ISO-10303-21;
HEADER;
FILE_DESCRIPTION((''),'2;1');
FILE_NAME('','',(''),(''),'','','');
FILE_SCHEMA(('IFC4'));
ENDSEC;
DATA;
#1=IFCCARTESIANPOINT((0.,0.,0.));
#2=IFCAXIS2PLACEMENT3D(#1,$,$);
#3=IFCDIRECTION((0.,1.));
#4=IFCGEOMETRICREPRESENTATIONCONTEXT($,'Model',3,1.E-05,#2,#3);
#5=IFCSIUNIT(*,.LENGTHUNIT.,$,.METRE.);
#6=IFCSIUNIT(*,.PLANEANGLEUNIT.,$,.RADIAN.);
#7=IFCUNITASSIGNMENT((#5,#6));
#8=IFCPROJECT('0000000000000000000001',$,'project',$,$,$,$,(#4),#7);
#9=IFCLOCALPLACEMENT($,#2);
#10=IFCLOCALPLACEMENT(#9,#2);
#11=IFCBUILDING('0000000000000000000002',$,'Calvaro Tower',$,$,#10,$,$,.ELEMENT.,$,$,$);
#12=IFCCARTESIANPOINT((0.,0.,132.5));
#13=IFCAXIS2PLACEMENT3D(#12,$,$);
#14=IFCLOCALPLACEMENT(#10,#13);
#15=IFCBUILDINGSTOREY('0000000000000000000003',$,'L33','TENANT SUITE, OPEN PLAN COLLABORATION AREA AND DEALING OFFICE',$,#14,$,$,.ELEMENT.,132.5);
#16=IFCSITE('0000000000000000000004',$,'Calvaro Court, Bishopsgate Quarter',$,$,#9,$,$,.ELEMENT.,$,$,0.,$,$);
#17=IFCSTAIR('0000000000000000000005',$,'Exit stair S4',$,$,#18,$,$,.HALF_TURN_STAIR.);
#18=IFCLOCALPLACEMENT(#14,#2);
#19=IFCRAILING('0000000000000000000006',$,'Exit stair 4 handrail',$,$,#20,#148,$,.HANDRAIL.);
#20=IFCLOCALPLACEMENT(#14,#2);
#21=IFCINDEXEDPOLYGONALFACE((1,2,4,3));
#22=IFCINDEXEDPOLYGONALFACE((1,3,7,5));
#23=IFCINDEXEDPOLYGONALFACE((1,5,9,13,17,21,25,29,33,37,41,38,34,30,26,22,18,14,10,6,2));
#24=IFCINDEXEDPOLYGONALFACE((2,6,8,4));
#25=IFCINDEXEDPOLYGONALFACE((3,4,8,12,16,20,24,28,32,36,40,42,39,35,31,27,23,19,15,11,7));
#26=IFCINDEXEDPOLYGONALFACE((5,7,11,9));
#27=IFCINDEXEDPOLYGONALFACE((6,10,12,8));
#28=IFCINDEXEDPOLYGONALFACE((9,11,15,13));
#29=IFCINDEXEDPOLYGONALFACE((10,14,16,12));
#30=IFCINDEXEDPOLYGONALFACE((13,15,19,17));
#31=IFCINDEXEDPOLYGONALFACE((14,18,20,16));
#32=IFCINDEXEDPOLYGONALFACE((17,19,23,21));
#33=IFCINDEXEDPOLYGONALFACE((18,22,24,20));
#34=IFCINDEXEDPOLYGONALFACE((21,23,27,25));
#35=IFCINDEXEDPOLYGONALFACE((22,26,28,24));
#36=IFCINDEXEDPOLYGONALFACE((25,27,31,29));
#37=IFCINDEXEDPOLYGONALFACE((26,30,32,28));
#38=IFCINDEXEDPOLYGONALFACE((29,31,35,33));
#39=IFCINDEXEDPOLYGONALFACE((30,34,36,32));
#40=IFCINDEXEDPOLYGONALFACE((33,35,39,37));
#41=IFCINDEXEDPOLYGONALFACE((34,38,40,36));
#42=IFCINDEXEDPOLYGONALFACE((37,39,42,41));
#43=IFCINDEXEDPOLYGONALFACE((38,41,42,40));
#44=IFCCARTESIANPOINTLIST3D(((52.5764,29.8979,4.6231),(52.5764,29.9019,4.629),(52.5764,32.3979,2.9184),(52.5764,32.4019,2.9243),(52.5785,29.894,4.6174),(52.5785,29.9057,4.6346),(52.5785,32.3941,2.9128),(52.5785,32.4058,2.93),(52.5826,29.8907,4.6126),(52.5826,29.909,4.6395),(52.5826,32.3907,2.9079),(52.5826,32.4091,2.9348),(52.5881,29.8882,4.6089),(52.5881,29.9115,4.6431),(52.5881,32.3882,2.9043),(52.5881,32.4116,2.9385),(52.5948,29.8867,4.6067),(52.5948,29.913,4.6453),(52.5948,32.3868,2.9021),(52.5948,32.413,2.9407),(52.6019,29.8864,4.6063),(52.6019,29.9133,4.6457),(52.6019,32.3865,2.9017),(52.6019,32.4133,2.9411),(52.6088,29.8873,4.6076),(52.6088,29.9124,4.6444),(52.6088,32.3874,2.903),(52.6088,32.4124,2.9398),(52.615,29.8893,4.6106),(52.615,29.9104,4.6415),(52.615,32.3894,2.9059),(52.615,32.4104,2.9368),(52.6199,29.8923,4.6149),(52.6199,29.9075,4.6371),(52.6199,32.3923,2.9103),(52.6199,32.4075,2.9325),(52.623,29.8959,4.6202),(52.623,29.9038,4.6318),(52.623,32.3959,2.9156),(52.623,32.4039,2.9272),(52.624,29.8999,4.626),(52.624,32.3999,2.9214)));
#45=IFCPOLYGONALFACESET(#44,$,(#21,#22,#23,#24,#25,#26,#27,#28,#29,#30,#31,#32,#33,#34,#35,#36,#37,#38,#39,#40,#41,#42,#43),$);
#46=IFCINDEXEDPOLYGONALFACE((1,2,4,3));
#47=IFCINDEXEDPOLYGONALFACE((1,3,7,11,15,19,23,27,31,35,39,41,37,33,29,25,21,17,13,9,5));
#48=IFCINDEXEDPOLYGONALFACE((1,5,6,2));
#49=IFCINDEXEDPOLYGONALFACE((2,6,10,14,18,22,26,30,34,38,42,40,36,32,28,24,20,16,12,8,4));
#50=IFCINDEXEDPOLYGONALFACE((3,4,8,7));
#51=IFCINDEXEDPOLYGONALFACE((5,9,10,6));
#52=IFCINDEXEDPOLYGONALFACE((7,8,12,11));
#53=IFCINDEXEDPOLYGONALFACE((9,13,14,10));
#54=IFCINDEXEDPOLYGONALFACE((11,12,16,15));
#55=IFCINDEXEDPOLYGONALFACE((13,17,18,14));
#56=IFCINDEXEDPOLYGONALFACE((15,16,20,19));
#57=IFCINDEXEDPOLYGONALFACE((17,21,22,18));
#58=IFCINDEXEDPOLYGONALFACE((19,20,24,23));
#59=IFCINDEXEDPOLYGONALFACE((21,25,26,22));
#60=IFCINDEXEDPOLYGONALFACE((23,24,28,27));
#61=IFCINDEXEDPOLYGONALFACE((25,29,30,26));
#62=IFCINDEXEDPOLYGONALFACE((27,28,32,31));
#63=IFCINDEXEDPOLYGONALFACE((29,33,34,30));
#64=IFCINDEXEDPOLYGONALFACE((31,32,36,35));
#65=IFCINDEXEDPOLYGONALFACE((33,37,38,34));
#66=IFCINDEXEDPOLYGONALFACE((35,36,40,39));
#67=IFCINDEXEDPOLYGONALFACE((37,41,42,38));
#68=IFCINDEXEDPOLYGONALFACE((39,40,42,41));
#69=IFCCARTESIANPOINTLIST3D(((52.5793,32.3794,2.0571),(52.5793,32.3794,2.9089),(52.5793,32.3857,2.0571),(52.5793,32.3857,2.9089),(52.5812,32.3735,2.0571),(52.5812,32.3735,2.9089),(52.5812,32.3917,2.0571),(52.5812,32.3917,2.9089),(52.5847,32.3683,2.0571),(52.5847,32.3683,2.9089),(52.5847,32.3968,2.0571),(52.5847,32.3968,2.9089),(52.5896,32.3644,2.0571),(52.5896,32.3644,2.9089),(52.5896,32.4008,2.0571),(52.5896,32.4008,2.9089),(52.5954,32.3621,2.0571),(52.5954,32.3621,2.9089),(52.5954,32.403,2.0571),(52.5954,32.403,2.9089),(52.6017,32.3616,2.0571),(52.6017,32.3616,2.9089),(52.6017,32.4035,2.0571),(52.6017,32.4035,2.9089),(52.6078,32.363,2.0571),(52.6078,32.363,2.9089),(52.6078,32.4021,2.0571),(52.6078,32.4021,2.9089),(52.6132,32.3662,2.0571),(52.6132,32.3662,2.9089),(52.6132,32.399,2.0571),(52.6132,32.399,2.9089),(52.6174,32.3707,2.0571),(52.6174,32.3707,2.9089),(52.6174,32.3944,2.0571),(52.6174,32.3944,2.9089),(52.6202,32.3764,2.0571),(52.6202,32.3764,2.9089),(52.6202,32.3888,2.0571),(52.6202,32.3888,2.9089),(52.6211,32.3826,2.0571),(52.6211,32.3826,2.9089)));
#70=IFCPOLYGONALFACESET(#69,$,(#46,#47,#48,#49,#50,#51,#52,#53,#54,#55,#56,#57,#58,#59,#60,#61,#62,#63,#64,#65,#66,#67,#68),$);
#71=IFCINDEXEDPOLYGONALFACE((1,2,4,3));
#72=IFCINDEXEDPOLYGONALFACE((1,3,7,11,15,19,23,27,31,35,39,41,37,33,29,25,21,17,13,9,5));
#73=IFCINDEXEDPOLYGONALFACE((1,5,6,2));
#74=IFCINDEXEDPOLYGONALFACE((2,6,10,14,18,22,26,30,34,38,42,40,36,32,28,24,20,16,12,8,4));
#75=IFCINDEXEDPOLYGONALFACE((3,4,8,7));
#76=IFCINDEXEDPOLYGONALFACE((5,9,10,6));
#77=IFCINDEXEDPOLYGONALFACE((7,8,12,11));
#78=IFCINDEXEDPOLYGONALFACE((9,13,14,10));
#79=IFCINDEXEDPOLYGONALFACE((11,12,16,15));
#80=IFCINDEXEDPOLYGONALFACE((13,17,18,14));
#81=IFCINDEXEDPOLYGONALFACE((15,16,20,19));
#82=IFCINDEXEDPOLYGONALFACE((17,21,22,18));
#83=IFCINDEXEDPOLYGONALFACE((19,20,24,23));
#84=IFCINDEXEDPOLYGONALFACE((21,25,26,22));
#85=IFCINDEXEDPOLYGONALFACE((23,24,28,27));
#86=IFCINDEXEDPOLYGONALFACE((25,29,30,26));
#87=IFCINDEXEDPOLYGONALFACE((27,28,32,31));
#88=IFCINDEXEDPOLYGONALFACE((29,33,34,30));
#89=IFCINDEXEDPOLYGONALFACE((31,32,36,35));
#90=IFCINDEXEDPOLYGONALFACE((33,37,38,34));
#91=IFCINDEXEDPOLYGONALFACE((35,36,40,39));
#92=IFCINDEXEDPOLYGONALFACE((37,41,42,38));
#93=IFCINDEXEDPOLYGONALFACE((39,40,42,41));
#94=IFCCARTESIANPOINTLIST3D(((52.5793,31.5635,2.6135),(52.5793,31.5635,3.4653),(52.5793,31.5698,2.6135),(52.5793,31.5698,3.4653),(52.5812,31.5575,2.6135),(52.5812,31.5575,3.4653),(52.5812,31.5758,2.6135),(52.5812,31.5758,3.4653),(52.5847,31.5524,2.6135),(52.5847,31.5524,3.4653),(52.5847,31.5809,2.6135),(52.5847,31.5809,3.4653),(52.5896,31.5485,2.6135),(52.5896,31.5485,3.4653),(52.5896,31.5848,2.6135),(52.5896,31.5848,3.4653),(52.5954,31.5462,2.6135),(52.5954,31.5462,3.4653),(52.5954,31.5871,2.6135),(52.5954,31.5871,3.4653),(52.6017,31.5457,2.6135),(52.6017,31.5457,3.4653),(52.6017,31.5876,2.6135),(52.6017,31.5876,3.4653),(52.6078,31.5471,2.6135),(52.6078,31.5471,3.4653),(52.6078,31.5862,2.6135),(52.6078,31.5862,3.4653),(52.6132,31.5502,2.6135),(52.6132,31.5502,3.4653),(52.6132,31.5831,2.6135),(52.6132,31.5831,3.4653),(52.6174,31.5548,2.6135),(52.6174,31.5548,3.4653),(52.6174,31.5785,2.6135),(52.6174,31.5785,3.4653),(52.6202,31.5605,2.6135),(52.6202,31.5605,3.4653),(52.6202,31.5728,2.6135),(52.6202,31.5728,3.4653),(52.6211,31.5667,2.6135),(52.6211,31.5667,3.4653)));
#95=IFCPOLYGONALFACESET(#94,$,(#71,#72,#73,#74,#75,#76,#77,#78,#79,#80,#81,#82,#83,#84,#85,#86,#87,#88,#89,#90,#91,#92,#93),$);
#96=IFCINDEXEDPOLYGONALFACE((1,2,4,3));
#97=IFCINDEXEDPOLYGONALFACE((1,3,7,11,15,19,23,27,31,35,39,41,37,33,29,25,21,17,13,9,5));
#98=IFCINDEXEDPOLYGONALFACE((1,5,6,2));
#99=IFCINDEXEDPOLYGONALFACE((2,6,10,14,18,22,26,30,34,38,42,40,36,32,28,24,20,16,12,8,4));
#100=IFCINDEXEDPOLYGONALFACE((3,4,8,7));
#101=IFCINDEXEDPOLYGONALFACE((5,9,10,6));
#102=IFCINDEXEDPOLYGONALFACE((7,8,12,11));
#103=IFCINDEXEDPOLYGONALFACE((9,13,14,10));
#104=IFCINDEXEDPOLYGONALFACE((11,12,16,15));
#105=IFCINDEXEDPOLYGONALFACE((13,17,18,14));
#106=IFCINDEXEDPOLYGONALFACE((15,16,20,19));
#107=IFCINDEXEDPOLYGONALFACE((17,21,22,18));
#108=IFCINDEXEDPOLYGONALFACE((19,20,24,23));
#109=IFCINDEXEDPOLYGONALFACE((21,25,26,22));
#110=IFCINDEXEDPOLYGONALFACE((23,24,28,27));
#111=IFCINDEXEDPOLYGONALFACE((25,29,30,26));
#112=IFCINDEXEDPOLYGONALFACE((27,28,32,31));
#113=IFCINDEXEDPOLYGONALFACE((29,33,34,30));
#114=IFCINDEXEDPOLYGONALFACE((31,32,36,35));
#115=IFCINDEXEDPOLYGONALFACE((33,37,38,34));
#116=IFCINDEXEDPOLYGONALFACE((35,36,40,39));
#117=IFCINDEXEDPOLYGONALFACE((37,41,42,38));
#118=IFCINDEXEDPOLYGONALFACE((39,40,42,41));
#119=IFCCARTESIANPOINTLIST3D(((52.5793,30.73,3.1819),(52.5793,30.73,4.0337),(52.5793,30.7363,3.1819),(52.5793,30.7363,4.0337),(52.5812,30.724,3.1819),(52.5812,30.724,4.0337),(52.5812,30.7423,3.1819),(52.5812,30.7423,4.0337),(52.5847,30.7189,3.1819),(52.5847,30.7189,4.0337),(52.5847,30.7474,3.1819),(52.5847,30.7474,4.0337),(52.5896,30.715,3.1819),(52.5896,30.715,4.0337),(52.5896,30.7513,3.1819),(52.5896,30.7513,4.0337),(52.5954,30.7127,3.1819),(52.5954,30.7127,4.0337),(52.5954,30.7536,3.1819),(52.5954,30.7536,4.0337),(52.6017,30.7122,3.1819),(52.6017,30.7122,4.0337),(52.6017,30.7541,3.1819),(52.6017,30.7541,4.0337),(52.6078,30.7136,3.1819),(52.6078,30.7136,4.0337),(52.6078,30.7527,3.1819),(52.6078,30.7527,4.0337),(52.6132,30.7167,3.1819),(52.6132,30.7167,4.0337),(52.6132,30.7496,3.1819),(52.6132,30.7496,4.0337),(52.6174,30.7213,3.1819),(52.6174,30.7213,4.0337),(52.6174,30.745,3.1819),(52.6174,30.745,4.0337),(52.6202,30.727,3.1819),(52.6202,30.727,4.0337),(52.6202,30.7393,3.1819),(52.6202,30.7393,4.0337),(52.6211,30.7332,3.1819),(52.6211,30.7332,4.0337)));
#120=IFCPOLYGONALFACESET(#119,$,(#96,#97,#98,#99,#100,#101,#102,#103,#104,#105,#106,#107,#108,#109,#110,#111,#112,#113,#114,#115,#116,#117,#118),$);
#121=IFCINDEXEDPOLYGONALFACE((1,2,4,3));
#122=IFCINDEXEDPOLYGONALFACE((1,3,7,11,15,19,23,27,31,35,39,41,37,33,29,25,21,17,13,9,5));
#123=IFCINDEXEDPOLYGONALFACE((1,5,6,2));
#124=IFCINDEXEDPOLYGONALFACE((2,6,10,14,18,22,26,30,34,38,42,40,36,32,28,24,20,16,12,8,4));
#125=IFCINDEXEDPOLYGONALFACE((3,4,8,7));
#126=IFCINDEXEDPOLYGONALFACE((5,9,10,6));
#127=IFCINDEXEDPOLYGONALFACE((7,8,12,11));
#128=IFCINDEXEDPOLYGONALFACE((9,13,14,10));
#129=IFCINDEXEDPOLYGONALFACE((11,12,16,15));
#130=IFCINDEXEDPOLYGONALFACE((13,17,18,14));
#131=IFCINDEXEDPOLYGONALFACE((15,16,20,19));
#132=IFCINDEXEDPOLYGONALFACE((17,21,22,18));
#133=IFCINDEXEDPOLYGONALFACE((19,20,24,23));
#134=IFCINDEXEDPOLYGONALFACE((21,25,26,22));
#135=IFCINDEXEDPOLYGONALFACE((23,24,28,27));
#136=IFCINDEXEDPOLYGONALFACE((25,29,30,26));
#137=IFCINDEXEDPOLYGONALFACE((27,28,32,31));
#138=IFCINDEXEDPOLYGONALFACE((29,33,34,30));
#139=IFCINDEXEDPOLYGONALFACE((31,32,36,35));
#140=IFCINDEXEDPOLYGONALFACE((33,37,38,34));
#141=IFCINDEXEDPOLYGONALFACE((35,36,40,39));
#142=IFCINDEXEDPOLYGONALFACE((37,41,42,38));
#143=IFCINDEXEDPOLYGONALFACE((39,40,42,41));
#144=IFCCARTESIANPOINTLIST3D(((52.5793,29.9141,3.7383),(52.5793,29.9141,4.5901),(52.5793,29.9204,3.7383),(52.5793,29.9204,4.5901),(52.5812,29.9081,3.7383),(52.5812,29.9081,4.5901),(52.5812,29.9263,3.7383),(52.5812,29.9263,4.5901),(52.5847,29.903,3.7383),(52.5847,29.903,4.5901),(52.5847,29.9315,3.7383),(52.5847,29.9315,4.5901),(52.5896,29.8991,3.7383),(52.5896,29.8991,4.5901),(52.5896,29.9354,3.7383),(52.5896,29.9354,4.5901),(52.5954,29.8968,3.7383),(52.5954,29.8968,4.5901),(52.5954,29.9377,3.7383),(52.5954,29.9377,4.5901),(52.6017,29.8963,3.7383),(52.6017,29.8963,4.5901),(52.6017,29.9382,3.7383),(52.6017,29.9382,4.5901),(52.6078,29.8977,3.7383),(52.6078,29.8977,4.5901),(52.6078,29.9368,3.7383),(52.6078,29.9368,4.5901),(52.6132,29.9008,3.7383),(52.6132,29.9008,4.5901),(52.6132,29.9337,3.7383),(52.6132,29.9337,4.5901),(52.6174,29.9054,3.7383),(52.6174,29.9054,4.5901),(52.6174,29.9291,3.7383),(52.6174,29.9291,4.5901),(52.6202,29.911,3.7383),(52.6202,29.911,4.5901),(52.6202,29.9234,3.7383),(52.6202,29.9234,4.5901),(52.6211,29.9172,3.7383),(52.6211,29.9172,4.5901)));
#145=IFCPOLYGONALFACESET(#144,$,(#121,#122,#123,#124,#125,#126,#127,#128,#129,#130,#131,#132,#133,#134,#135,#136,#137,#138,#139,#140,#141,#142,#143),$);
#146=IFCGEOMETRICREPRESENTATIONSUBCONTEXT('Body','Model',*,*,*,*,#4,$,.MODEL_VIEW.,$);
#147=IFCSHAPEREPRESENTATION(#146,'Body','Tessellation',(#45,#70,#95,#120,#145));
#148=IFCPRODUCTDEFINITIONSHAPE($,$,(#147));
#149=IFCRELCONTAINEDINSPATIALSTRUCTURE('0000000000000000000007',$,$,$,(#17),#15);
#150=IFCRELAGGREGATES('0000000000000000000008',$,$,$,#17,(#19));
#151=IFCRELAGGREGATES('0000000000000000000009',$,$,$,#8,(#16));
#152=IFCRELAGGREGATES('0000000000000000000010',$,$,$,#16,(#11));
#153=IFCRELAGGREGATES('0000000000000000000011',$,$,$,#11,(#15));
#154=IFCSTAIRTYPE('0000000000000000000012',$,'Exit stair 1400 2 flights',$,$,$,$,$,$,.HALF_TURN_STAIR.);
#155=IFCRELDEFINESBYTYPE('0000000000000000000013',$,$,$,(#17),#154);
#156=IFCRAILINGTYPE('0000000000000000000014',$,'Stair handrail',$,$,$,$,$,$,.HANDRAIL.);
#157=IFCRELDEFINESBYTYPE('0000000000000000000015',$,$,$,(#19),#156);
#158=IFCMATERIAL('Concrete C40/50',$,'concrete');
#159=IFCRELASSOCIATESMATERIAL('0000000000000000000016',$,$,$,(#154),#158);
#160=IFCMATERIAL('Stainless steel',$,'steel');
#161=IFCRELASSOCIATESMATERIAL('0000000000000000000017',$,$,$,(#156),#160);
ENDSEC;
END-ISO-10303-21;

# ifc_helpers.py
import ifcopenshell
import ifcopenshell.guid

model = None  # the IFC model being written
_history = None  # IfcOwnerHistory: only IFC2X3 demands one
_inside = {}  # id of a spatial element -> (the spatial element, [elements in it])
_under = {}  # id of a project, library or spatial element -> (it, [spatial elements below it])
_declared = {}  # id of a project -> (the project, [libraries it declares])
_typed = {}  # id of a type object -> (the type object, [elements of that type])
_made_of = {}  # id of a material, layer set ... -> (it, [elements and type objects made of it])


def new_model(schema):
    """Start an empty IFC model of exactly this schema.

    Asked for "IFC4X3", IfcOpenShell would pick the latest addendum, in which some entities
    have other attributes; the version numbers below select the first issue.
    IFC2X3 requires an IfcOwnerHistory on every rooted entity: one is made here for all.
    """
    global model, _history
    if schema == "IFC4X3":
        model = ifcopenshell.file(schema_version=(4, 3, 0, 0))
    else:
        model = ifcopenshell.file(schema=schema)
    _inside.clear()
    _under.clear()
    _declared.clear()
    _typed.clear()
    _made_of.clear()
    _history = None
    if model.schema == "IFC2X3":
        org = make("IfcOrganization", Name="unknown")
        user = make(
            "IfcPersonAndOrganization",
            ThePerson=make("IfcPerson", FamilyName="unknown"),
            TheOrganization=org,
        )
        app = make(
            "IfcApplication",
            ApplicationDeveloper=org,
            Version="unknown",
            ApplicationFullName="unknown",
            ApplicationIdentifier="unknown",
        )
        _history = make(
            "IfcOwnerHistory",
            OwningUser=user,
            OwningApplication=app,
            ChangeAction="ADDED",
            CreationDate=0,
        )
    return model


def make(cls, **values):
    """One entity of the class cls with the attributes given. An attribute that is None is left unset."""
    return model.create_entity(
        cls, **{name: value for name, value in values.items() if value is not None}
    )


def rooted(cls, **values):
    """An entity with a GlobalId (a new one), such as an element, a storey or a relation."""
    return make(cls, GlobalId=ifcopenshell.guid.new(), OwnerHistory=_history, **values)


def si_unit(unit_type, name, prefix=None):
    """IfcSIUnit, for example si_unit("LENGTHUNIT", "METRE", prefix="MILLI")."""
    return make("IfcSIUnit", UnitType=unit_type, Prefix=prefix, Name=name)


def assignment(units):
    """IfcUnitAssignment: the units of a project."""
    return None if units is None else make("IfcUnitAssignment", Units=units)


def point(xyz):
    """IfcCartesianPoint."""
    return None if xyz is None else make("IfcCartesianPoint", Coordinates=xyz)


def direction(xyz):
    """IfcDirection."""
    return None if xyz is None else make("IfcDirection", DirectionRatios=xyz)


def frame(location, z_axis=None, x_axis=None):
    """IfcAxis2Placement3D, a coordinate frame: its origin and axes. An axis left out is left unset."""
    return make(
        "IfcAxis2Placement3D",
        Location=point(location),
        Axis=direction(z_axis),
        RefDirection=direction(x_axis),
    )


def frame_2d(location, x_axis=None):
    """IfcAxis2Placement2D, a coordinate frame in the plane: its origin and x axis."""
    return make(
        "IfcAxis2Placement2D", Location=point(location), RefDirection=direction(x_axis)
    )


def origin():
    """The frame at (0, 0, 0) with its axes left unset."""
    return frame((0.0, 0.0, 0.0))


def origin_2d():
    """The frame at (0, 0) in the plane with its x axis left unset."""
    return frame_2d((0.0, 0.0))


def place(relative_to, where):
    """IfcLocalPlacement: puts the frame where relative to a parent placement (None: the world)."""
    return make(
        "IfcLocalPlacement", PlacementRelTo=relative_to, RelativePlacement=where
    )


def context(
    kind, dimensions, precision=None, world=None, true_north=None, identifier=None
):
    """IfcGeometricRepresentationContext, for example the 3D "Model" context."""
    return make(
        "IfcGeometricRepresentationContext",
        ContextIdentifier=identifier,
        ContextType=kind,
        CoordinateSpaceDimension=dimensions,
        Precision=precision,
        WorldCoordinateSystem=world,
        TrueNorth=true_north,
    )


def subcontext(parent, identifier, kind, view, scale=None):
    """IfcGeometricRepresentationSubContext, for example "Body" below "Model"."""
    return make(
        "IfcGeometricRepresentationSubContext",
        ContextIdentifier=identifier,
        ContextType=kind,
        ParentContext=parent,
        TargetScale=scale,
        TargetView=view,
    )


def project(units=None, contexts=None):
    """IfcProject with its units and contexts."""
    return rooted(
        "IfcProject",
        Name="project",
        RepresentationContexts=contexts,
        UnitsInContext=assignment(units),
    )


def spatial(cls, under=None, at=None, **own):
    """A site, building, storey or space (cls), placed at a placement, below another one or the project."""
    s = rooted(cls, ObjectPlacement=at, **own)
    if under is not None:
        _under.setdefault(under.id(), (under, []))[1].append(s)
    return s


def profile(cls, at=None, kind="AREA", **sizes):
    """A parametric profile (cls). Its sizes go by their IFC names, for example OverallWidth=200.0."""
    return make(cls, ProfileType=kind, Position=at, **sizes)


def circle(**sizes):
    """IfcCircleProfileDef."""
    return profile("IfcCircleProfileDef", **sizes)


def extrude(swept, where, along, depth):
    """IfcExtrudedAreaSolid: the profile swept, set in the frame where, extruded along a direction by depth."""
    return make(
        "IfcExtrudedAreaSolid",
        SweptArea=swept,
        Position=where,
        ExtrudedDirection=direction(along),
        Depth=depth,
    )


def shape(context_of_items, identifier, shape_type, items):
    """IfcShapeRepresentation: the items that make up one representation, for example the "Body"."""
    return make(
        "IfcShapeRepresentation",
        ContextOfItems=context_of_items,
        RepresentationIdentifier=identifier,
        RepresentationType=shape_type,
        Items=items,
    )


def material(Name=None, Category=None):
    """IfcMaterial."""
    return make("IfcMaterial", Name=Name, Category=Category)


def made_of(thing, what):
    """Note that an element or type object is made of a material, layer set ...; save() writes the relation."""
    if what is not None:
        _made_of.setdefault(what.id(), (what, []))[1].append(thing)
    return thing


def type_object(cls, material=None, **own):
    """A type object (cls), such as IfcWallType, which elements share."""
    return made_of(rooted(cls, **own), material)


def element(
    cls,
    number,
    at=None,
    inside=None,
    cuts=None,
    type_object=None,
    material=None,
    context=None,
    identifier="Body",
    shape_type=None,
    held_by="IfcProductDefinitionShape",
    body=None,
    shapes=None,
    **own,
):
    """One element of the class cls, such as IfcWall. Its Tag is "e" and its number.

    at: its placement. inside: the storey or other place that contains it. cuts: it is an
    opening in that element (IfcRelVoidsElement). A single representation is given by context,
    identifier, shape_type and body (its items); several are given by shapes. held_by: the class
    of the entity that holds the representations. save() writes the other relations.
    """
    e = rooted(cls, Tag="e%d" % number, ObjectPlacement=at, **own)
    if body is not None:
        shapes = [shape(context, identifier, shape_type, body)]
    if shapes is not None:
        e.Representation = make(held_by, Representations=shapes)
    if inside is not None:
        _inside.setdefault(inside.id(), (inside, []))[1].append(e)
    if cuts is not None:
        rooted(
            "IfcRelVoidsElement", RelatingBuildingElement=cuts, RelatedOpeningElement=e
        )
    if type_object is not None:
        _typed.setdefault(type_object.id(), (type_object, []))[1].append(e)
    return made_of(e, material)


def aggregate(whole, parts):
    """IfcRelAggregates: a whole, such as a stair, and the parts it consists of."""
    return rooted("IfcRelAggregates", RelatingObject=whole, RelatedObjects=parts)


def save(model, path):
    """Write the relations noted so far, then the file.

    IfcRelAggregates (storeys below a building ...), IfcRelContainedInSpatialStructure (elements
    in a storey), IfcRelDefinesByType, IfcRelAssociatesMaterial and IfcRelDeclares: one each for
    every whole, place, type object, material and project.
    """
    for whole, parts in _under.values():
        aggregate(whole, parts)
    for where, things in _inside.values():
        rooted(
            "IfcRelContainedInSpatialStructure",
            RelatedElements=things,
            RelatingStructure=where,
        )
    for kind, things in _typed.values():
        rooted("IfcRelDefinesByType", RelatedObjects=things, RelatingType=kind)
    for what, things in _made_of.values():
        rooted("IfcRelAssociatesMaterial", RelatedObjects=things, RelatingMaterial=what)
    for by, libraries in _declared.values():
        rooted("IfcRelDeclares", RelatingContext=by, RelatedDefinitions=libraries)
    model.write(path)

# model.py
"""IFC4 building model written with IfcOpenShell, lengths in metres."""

from ifc_helpers import new_model, si_unit, direction, frame, origin, origin_2d, place, context, subcontext, project, spatial, circle, extrude, material, type_object, element, aggregate, save


model = new_model("IFC4")

# Units and contexts
model_context = context("Model", 3, precision=1e-05, world=origin(), true_north=direction((0.0, 1.0)))
body_context = subcontext(model_context, "Body", "Model", "MODEL_VIEW")
ifc_project = project(units=[si_unit("LENGTHUNIT", "METRE"), si_unit("PLANEANGLEUNIT", "RADIAN")], contexts=[model_context])

# Site, building, storey
site_placement = place(None, origin())
site = spatial("IfcSite", under=ifc_project, at=site_placement, Name="Calvaro Court, Bishopsgate Quarter", CompositionType="ELEMENT", RefElevation=0.0)
building_placement = place(site_placement, origin())
building = spatial("IfcBuilding", under=site, at=building_placement, Name="Calvaro Tower", CompositionType="ELEMENT")
storey_placement = place(building_placement, frame((0.0, 0.0, 132.5)))
storey = spatial("IfcBuildingStorey", under=building, at=storey_placement, Name="L33", Description="TENANT SUITE, OPEN PLAN COLLABORATION AREA AND DEALING OFFICE", CompositionType="ELEMENT", Elevation=132.5)

# Stair
ifc_material_1 = material(Name="Concrete C40/50", Category="concrete")
stair_type = type_object("IfcStairType", Name="Exit stair 1400 2 flights", PredefinedType="HALF_TURN_STAIR", material=ifc_material_1)
stair_1_placement = place(storey_placement, origin())
stair_1 = element("IfcStair", 1, at=stair_1_placement, inside=storey, type_object=stair_type, Name="Exit stair S4", PredefinedType="HALF_TURN_STAIR")

# Railing
ifc_material_2 = material(Name="Stainless steel", Category="steel")
railing_type = type_object("IfcRailingType", Name="Stair handrail", PredefinedType="HANDRAIL", material=ifc_material_2)
railing_1_placement = place(storey_placement, frame((52.6001, 32.3999, 2.0454)))
railing_1 = element("IfcRailing", 2, at=railing_1_placement, type_object=railing_type, Name="Exit stair 4 handrail", PredefinedType="HANDRAIL", context=body_context, shape_type="SweptSolid", body=[
    extrude(circle(Radius=0.0239, at=origin_2d()), frame((0.0, 0.0, 0.876), z_axis=(0.0, -0.826221, 0.563347), x_axis=(1.0, 0.0, 0.0)), (0.0, 0.0, 1.0), 3.0259),
    extrude(circle(Radius=0.021, at=origin_2d()), frame((0.0, -0.0173, 0.0117)), (0.0, 0.0, 1.0), 0.8518),
    extrude(circle(Radius=0.021, at=origin_2d()), frame((0.0, -0.8333, 0.5681)), (0.0, 0.0, 1.0), 0.8518),
    extrude(circle(Radius=0.021, at=origin_2d()), frame((0.0, -1.6667, 1.1365)), (0.0, 0.0, 1.0), 0.8518),
    extrude(circle(Radius=0.021, at=origin_2d()), frame((0.0, -2.4827, 1.6929)), (0.0, 0.0, 1.0), 0.8518),
])
aggregate(stair_1, [railing_1])

save(model, "model.ifc")
